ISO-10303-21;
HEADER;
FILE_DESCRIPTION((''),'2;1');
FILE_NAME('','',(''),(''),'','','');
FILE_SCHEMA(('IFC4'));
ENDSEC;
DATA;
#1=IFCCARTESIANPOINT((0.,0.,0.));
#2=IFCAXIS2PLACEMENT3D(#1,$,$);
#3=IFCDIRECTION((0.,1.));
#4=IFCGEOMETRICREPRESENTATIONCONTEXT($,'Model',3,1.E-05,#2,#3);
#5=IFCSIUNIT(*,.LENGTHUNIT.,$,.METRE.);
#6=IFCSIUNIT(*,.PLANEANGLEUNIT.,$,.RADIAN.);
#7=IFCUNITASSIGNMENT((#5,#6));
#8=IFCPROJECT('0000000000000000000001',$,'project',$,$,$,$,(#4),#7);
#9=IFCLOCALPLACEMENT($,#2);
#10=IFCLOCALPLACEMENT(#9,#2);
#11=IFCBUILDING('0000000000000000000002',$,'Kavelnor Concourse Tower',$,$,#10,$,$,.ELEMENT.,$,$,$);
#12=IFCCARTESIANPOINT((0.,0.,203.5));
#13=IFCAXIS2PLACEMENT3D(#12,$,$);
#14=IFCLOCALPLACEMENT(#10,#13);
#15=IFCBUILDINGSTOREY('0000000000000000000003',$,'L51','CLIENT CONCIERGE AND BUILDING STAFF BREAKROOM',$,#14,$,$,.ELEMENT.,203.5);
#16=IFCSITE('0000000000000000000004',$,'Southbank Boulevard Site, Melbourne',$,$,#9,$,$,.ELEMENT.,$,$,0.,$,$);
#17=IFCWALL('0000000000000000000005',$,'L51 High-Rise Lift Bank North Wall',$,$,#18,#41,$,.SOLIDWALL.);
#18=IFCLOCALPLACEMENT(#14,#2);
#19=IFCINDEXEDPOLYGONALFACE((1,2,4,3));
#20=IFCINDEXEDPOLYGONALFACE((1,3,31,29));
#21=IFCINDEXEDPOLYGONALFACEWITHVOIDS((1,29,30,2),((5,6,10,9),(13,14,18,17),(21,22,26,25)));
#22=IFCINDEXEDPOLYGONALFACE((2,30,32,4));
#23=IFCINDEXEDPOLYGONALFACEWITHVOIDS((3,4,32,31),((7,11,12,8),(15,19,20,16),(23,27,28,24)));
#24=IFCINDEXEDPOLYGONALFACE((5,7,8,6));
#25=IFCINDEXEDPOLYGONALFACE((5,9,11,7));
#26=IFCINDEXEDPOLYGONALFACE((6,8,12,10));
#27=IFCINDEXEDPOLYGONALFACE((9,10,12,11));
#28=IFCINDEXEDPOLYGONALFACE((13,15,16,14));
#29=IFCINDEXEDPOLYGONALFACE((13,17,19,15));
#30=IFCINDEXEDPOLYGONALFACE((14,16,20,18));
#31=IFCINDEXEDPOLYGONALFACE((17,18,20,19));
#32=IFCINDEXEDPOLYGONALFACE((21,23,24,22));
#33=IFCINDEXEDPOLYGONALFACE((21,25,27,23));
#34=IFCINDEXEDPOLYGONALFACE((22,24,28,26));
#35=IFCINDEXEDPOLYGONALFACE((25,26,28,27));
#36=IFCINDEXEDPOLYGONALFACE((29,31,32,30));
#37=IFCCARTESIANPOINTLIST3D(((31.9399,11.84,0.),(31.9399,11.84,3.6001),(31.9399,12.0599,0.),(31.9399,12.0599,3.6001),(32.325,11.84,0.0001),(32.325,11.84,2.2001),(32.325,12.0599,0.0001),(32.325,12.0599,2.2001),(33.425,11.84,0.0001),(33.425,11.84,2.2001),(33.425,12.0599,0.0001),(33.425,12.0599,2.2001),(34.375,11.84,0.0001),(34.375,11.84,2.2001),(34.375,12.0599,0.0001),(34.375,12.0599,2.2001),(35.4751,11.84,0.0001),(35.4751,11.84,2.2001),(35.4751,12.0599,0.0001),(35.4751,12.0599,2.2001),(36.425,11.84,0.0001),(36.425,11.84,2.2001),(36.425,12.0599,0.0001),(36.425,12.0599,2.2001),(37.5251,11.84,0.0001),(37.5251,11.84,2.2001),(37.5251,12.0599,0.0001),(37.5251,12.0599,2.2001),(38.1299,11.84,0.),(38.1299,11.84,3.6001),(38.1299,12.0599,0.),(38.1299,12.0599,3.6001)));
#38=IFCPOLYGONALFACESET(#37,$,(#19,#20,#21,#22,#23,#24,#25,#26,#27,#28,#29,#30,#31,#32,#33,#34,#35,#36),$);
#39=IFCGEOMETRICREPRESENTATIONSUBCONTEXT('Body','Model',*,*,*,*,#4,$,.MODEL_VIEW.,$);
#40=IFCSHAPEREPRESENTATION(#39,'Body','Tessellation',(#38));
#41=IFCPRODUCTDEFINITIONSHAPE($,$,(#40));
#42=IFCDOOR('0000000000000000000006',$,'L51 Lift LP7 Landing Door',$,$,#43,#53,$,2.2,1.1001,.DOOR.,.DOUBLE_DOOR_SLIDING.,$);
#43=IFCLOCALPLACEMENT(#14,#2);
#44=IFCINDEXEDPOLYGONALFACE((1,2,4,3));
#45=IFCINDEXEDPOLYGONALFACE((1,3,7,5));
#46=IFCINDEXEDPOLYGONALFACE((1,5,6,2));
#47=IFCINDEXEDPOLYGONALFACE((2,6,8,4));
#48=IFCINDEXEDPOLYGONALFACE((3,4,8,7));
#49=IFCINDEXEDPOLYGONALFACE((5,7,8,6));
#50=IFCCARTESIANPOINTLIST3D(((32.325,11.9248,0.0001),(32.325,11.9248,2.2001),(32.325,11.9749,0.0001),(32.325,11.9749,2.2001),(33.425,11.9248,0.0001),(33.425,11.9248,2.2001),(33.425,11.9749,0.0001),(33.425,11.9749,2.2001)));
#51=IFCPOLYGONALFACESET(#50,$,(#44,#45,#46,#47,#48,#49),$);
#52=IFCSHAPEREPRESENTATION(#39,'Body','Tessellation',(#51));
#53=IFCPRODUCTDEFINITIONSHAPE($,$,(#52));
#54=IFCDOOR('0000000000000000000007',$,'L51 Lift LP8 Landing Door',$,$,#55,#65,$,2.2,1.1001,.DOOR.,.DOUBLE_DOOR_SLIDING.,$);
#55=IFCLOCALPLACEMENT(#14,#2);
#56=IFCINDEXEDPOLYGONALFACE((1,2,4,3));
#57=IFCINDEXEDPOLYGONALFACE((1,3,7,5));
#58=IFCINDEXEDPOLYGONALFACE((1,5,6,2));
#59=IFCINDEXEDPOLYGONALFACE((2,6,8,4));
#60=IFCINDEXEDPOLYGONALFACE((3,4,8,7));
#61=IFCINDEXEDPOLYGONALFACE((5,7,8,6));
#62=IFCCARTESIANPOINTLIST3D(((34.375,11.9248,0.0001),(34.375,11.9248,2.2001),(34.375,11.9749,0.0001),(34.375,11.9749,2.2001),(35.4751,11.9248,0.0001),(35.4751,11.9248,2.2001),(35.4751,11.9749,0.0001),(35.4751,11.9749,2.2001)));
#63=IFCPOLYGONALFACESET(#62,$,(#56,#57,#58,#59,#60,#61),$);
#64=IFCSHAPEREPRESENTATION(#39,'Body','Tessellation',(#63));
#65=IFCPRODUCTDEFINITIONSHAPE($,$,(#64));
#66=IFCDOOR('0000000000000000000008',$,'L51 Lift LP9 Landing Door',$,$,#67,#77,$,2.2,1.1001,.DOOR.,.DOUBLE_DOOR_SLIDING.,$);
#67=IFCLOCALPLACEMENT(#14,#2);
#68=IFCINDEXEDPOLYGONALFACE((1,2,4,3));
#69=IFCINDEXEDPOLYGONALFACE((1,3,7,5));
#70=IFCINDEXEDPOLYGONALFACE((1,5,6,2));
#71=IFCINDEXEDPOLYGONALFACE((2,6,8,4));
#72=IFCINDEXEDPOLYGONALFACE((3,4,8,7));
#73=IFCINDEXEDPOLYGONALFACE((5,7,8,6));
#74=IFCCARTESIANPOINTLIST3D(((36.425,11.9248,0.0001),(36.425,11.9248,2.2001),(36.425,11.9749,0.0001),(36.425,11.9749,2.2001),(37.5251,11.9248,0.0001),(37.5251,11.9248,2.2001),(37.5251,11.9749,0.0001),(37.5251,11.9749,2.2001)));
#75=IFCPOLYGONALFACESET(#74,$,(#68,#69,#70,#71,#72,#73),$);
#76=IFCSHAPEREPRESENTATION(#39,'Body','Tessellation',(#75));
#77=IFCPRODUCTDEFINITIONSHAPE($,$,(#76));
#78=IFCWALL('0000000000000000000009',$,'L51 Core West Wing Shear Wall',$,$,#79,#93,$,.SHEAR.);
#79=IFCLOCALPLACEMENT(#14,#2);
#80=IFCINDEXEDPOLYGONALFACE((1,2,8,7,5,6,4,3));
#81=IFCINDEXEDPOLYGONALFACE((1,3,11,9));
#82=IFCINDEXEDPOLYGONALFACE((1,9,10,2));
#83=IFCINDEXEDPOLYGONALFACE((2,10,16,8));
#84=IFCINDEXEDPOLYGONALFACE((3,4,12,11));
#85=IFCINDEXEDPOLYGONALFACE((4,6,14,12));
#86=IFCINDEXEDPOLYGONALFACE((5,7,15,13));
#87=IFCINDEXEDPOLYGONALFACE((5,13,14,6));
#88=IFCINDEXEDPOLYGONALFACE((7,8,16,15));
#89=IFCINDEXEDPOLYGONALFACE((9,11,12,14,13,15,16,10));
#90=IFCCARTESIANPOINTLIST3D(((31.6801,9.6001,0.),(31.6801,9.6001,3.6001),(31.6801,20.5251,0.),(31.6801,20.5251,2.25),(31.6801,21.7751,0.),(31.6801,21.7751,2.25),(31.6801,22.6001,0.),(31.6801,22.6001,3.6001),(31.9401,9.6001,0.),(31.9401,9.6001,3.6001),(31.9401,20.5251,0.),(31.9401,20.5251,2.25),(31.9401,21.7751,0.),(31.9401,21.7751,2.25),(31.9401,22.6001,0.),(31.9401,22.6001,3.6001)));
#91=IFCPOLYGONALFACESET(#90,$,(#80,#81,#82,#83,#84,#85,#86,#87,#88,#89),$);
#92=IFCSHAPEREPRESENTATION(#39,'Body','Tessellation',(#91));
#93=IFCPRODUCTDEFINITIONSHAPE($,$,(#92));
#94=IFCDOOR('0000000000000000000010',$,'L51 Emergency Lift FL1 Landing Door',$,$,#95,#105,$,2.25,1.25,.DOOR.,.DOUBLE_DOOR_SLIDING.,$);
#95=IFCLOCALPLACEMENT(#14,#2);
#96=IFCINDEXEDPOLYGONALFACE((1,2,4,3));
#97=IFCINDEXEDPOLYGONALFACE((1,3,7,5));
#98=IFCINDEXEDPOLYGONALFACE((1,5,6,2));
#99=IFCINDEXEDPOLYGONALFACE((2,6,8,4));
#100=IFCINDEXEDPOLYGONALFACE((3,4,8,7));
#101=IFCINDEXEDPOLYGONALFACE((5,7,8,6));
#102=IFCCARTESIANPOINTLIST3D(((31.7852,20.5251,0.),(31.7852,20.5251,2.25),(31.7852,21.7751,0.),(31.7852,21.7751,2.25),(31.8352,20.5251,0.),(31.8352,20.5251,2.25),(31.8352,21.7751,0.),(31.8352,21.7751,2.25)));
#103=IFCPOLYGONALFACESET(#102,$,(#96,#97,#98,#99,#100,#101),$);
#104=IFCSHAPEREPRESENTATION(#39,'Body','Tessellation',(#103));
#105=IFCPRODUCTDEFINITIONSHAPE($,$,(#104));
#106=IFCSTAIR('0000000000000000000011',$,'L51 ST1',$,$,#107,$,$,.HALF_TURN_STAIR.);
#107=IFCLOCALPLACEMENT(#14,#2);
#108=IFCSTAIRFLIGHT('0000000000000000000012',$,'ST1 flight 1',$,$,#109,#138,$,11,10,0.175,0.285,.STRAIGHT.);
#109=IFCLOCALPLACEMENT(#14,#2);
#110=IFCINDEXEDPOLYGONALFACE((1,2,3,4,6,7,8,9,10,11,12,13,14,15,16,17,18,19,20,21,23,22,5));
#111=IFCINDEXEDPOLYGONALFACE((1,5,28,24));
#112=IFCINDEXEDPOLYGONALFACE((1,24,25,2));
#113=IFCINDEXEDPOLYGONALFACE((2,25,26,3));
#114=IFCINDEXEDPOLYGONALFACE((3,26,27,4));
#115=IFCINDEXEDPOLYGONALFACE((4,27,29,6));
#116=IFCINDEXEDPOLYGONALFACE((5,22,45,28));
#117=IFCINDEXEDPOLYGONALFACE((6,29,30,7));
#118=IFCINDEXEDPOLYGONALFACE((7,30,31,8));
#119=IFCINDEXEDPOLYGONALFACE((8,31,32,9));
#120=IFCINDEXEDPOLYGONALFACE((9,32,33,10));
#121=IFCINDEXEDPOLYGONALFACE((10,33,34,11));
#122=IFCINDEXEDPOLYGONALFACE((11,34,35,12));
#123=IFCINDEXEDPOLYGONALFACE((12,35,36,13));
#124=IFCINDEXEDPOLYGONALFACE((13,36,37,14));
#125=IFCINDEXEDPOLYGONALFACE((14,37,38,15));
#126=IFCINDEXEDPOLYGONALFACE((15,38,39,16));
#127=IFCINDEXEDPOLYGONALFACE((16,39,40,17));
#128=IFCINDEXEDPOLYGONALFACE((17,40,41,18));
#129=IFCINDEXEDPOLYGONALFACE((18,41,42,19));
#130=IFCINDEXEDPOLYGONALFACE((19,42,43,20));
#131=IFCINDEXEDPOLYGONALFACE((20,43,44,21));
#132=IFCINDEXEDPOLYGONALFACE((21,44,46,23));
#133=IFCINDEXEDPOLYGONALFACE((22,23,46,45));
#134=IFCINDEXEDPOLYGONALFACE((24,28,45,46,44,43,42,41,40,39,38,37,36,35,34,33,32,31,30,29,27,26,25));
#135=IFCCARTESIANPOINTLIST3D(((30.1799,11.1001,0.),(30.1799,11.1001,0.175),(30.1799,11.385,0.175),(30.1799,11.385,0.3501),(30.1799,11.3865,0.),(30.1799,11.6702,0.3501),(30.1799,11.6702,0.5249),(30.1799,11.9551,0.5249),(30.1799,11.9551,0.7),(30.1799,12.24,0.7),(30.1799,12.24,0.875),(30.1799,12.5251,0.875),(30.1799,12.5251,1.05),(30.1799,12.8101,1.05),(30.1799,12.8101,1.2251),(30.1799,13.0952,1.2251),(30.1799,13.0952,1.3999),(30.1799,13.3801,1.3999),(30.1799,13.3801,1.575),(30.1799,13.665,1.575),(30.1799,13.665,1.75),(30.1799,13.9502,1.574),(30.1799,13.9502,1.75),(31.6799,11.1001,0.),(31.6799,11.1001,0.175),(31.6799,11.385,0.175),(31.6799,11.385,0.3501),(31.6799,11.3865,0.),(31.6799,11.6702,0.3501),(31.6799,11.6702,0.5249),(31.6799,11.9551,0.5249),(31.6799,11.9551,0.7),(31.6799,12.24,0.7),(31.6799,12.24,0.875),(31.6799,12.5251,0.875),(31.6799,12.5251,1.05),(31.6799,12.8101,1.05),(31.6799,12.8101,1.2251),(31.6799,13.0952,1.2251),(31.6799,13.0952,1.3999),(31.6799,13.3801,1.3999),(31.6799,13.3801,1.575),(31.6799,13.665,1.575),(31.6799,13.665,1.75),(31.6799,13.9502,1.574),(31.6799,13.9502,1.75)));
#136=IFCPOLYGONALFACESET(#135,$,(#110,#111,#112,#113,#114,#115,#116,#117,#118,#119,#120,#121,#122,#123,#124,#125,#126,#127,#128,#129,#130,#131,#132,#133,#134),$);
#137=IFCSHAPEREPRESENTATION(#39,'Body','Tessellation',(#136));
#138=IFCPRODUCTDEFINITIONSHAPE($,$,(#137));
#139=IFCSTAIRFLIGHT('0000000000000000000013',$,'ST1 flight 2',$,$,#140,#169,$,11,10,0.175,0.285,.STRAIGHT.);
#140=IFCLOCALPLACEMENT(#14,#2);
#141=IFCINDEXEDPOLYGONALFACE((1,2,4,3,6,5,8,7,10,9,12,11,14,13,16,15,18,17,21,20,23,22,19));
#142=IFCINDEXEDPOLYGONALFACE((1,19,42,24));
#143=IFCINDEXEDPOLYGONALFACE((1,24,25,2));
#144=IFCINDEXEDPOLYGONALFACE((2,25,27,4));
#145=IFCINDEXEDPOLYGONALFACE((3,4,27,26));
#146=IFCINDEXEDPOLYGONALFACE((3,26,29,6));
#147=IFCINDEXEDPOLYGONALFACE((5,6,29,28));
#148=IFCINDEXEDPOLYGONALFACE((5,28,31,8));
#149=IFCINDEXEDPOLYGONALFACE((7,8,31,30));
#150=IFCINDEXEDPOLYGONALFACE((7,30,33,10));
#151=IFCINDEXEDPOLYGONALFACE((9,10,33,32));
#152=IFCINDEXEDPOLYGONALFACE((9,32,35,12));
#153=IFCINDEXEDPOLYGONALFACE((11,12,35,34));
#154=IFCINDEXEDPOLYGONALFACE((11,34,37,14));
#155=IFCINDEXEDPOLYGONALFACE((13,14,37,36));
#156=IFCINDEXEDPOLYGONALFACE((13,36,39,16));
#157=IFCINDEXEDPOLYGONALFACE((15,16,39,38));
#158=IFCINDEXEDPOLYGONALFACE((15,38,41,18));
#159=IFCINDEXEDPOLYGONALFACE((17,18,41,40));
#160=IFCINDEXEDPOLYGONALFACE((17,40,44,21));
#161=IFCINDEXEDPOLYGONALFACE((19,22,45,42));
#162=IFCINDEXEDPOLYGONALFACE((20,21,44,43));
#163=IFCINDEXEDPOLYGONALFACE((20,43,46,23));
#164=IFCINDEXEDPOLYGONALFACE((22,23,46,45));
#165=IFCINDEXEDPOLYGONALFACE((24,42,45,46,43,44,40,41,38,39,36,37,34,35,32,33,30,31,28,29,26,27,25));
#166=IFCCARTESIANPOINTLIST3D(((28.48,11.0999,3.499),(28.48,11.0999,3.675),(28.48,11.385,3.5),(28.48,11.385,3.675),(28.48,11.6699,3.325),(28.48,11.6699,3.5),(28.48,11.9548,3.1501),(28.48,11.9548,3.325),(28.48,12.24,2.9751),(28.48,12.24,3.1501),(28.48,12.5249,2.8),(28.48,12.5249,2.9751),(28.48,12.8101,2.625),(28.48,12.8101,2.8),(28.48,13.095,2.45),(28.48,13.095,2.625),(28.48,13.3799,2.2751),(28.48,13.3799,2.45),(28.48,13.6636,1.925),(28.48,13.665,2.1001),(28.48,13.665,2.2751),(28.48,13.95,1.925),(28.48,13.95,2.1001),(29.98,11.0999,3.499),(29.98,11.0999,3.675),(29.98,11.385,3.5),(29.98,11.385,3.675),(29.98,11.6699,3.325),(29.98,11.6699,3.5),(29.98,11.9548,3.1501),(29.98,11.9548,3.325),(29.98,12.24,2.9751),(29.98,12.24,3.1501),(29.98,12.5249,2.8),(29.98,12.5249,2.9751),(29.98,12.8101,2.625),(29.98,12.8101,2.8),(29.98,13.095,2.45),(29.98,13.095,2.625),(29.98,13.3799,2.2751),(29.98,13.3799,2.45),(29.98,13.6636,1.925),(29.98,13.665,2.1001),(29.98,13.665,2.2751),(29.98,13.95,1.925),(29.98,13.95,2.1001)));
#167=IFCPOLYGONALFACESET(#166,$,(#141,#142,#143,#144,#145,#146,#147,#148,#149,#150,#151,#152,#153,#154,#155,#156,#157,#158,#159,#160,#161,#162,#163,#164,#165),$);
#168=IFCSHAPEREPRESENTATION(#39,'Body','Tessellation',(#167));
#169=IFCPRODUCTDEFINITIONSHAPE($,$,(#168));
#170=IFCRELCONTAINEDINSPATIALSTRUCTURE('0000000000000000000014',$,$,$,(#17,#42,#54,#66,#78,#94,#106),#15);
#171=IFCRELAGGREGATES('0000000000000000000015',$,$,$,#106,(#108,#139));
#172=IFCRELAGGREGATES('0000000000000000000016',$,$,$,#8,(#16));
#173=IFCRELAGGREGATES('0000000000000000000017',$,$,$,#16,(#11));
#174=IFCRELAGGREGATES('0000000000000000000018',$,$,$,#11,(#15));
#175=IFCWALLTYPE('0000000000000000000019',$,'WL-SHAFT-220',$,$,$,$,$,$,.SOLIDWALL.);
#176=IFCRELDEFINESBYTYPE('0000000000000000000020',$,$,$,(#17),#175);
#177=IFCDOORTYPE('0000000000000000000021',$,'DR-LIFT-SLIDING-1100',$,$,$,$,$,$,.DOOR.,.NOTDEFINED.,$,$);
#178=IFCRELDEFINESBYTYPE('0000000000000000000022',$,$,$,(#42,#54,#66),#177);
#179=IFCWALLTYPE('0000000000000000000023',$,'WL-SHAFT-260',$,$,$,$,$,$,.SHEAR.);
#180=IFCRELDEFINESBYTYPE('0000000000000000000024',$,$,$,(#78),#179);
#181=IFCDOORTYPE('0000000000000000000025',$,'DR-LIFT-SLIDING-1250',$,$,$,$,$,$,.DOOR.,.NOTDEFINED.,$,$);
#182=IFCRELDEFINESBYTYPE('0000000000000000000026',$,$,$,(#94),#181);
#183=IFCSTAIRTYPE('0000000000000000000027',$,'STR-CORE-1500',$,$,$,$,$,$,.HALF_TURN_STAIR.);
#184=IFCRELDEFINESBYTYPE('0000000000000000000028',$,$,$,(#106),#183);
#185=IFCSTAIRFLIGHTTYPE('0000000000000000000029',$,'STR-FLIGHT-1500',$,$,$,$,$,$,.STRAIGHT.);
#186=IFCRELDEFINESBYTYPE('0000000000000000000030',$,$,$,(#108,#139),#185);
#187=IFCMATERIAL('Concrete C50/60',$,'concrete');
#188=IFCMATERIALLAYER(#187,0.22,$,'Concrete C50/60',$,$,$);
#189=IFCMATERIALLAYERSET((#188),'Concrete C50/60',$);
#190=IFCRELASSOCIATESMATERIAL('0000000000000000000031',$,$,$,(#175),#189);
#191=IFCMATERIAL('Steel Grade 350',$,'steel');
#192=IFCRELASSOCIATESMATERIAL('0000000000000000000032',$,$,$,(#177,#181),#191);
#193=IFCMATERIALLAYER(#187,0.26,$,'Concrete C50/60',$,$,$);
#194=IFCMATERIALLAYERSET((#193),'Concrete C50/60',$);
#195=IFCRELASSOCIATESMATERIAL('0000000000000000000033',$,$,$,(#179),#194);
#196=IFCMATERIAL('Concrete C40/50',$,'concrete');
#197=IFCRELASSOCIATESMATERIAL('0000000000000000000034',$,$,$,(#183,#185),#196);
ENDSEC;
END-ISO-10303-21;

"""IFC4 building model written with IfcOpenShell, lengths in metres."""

from ifc_helpers import new_model, si_unit, direction, frame, frame_2d, origin, place, context, subcontext, project, spatial, polyline, rectangle, outline, extrude, material, layer, layer_set, type_object, element, fill, aggregate, save


model = new_model("IFC4")

# Units and contexts
model_context = context("Model", 3, precision=1e-05, world=origin(), true_north=direction((0.0, 1.0)))
body_context = subcontext(model_context, "Body", "Model", "MODEL_VIEW")
ifc_project = project(units=[si_unit("LENGTHUNIT", "METRE"), si_unit("PLANEANGLEUNIT", "RADIAN")], contexts=[model_context])

# Site, building, storey
site_placement = place(None, origin())
site = spatial("IfcSite", under=ifc_project, at=site_placement, Name="Southbank Boulevard Site, Melbourne", CompositionType="ELEMENT", RefElevation=0.0)
building_placement = place(site_placement, origin())
building = spatial("IfcBuilding", under=site, at=building_placement, Name="Kavelnor Concourse Tower", CompositionType="ELEMENT")
storey_placement = place(building_placement, frame((0.0, 0.0, 203.5)))
storey = spatial("IfcBuildingStorey", under=building, at=storey_placement, Name="L51", Description="CLIENT CONCIERGE AND BUILDING STAFF BREAKROOM", CompositionType="ELEMENT", Elevation=203.5)

# Shared definitions
ifc_material_1 = material(Name="Steel Grade 350", Category="steel")

# Shared definitions
ifc_material_2 = material(Name="Concrete C50/60", Category="concrete")

# Shared definitions
ifc_layer_1 = layer(ifc_material_2, 0.22, Name="Concrete C50/60")
ifc_layer_set_1 = layer_set([ifc_layer_1], Name="Concrete C50/60")
wall_type_1 = type_object("IfcWallType", Name="WL-SHAFT-220", PredefinedType="SOLIDWALL", material=ifc_layer_set_1)

# Wall, openings, doors
wall_1_placement = place(storey_placement, frame((31.9399, 11.95, 0.0), z_axis=(0.0, 0.0, 1.0), x_axis=(1.0, 0.0, 0.0)))
wall_1 = element("IfcWall", 1, at=wall_1_placement, inside=storey, type_object=wall_type_1, Name="L51 High-Rise Lift Bank North Wall", PredefinedType="SOLIDWALL", context=body_context, shape_type="SweptSolid", body=[
    extrude(rectangle(XDim=6.1899, YDim=0.22, at=frame_2d((3.095, 0.0))), origin(), (0.0, 0.0, 1.0), 3.6001),
])
opening_1_placement = place(wall_1_placement, frame((0.385, 0.0, 0.0)))
opening_1 = element("IfcOpeningElement", 2, at=opening_1_placement, cuts=wall_1, PredefinedType="OPENING", context=body_context, shape_type="SweptSolid", body=[
    extrude(rectangle(XDim=1.1001, YDim=2.2, at=frame_2d((0.55, 1.1001))), frame((0.0, 0.1201, 0.0), z_axis=(0.0, -1.0, 0.0), x_axis=(1.0, 0.0, 0.0)), (0.0, 0.0, 1.0), 0.24),
])
opening_2_placement = place(wall_1_placement, frame((2.4351, 0.0, 0.0)))
opening_2 = element("IfcOpeningElement", 3, at=opening_2_placement, cuts=wall_1, PredefinedType="OPENING", context=body_context, shape_type="SweptSolid", body=[
    extrude(rectangle(XDim=1.1001, YDim=2.2, at=frame_2d((0.55, 1.1001))), frame((0.0, 0.1201, 0.0), z_axis=(0.0, -1.0, 0.0), x_axis=(1.0, 0.0, 0.0)), (0.0, 0.0, 1.0), 0.24),
])
opening_3_placement = place(wall_1_placement, frame((4.4851, 0.0, 0.0)))
opening_3 = element("IfcOpeningElement", 4, at=opening_3_placement, cuts=wall_1, PredefinedType="OPENING", context=body_context, shape_type="SweptSolid", body=[
    extrude(rectangle(XDim=1.1001, YDim=2.2, at=frame_2d((0.55, 1.1001))), frame((0.0, 0.1201, 0.0), z_axis=(0.0, -1.0, 0.0), x_axis=(1.0, 0.0, 0.0)), (0.0, 0.0, 1.0), 0.24),
])
door_type_1 = type_object("IfcDoorType", Name="DR-LIFT-SLIDING-1100", OperationType="NOTDEFINED", PredefinedType="DOOR", material=ifc_material_1)
door_1_placement = place(opening_1_placement, origin())
door_1 = element("IfcDoor", 5, at=door_1_placement, inside=storey, type_object=door_type_1, Name="L51 Lift LP7 Landing Door", OperationType="DOUBLE_DOOR_SLIDING", OverallHeight=2.2, OverallWidth=1.1001, PredefinedType="DOOR", context=body_context, shape_type="SweptSolid", body=[
    extrude(rectangle(XDim=1.1001, YDim=2.2, at=frame_2d((0.55, 1.1001))), frame((0.0, 0.0249, 0.0), z_axis=(0.0, -1.0, 0.0), x_axis=(1.0, 0.0, 0.0)), (0.0, 0.0, 1.0), 0.05),
])
fill(opening_1, door_1)
door_2_placement = place(opening_2_placement, origin())
door_2 = element("IfcDoor", 6, at=door_2_placement, inside=storey, type_object=door_type_1, Name="L51 Lift LP8 Landing Door", OperationType="DOUBLE_DOOR_SLIDING", OverallHeight=2.2, OverallWidth=1.1001, PredefinedType="DOOR", context=body_context, shape_type="SweptSolid", body=[
    extrude(rectangle(XDim=1.1001, YDim=2.2, at=frame_2d((0.55, 1.1001))), frame((0.0, 0.0249, 0.0), z_axis=(0.0, -1.0, 0.0), x_axis=(1.0, 0.0, 0.0)), (0.0, 0.0, 1.0), 0.05),
])
fill(opening_2, door_2)
door_3_placement = place(opening_3_placement, origin())
door_3 = element("IfcDoor", 7, at=door_3_placement, inside=storey, type_object=door_type_1, Name="L51 Lift LP9 Landing Door", OperationType="DOUBLE_DOOR_SLIDING", OverallHeight=2.2, OverallWidth=1.1001, PredefinedType="DOOR", context=body_context, shape_type="SweptSolid", body=[
    extrude(rectangle(XDim=1.1001, YDim=2.2, at=frame_2d((0.55, 1.1001))), frame((0.0, 0.0249, 0.0), z_axis=(0.0, -1.0, 0.0), x_axis=(1.0, 0.0, 0.0)), (0.0, 0.0, 1.0), 0.05),
])
fill(opening_3, door_3)

# Wall, opening, door
ifc_layer_2 = layer(ifc_material_2, 0.26, Name="Concrete C50/60")
ifc_layer_set_2 = layer_set([ifc_layer_2], Name="Concrete C50/60")
wall_type_2 = type_object("IfcWallType", Name="WL-SHAFT-260", PredefinedType="SHEAR", material=ifc_layer_set_2)
wall_2_placement = place(storey_placement, frame((31.8101, 9.6001, 0.0), z_axis=(0.0, 0.0, 1.0), x_axis=(0.0, 1.0, 0.0)))
wall_2 = element("IfcWall", 8, at=wall_2_placement, inside=storey, type_object=wall_type_2, Name="L51 Core West Wing Shear Wall", PredefinedType="SHEAR", context=body_context, shape_type="SweptSolid", body=[
    extrude(rectangle(XDim=13.0, YDim=0.26, at=frame_2d((6.5, 0.0))), origin(), (0.0, 0.0, 1.0), 3.6001),
])
opening_4_placement = place(wall_2_placement, frame((10.925, 0.0, 0.0)))
opening_4 = element("IfcOpeningElement", 9, at=opening_4_placement, cuts=wall_2, PredefinedType="OPENING", context=body_context, shape_type="SweptSolid", body=[
    extrude(rectangle(XDim=1.25, YDim=2.25, at=frame_2d((0.625, 1.125))), frame((0.0, 0.1401, 0.0), z_axis=(0.0, -1.0, 0.0), x_axis=(1.0, 0.0, 0.0)), (0.0, 0.0, 1.0), 0.28),
])
door_type_2 = type_object("IfcDoorType", Name="DR-LIFT-SLIDING-1250", OperationType="NOTDEFINED", PredefinedType="DOOR", material=ifc_material_1)
door_4_placement = place(opening_4_placement, origin())
door_4 = element("IfcDoor", 10, at=door_4_placement, inside=storey, type_object=door_type_2, Name="L51 Emergency Lift FL1 Landing Door", OperationType="DOUBLE_DOOR_SLIDING", OverallHeight=2.25, OverallWidth=1.25, PredefinedType="DOOR", context=body_context, shape_type="SweptSolid", body=[
    extrude(rectangle(XDim=1.25, YDim=2.25, at=frame_2d((0.625, 1.125))), frame((0.0, 0.0249, 0.0), z_axis=(0.0, -1.0, 0.0), x_axis=(1.0, 0.0, 0.0)), (0.0, 0.0, 1.0), 0.05),
])
fill(opening_4, door_4)

# Stair, stair flights
ifc_material_3 = material(Name="Concrete C40/50", Category="concrete")
stair_type = type_object("IfcStairType", Name="STR-CORE-1500", PredefinedType="HALF_TURN_STAIR", material=ifc_material_3)
stair_placement = place(storey_placement, origin())
stair = element("IfcStair", 11, at=stair_placement, inside=storey, type_object=stair_type, Name="L51 ST1", PredefinedType="HALF_TURN_STAIR")
stair_flight_type = type_object("IfcStairFlightType", Name="STR-FLIGHT-1500", PredefinedType="STRAIGHT", material=ifc_material_3)
stair_flight_1_placement = place(storey_placement, frame((30.9299, 11.1001, 0.0), z_axis=(0.0, 0.0, 1.0), x_axis=(0.0, 1.0, 0.0)))
stair_flight_1 = element("IfcStairFlight", 12, at=stair_flight_1_placement, type_object=stair_flight_type, Name="ST1 flight 1", NumberOfRisers=11, NumberOfTreads=10, PredefinedType="STRAIGHT", RiserHeight=0.175, TreadLength=0.285, context=body_context, shape_type="SweptSolid", body=[
    extrude(outline(polyline([(0.0, 0.0), (0.0, 0.175), (0.2849, 0.175), (0.2849, 0.3501), (0.5701, 0.3501), (0.5701, 0.5249), (0.855, 0.5249), (0.855, 0.7), (1.1399, 0.7), (1.1399, 0.875), (1.425, 0.875), (1.425, 1.05), (1.71, 1.05), (1.71, 1.2251), (1.9951, 1.2251), (1.9951, 1.3999), (2.28, 1.3999), (2.28, 1.575), (2.5649, 1.575), (2.5649, 1.75), (2.8501, 1.75), (2.8501, 1.925), (2.8501, 1.574), (0.2864, 0.0), (0.0, 0.0)])), frame((0.0, 0.75, 0.0), z_axis=(0.0, -1.0, 0.0), x_axis=(1.0, 0.0, 0.0)), (0.0, 0.0, 1.0), 1.5),
])
stair_flight_2_placement = place(storey_placement, frame((29.23, 13.95, 1.925), z_axis=(0.0, 0.0, 1.0), x_axis=(0.0, -1.0, 0.0)))
stair_flight_2 = element("IfcStairFlight", 13, at=stair_flight_2_placement, type_object=stair_flight_type, Name="ST1 flight 2", NumberOfRisers=11, NumberOfTreads=10, PredefinedType="STRAIGHT", RiserHeight=0.175, TreadLength=0.285, context=body_context, shape_type="SweptSolid", body=[
    extrude(outline(polyline([(0.0, 0.0), (0.0, 0.175), (0.2849, 0.175), (0.2849, 0.3501), (0.5701, 0.3501), (0.5701, 0.5249), (0.855, 0.5249), (0.855, 0.7), (1.1399, 0.7), (1.1399, 0.875), (1.425, 0.875), (1.425, 1.05), (1.71, 1.05), (1.71, 1.2251), (1.9951, 1.2251), (1.9951, 1.3999), (2.28, 1.3999), (2.28, 1.575), (2.5649, 1.575), (2.5649, 1.75), (2.8501, 1.75), (2.8501, 1.925), (2.8501, 1.574), (0.2864, 0.0), (0.0, 0.0)])), frame((0.0, 0.75, 0.0), z_axis=(0.0, -1.0, 0.0), x_axis=(1.0, 0.0, 0.0)), (0.0, 0.0, 1.0), 1.5),
])
aggregate(stair, [stair_flight_1, stair_flight_2])

save(model, "model.ifc")
